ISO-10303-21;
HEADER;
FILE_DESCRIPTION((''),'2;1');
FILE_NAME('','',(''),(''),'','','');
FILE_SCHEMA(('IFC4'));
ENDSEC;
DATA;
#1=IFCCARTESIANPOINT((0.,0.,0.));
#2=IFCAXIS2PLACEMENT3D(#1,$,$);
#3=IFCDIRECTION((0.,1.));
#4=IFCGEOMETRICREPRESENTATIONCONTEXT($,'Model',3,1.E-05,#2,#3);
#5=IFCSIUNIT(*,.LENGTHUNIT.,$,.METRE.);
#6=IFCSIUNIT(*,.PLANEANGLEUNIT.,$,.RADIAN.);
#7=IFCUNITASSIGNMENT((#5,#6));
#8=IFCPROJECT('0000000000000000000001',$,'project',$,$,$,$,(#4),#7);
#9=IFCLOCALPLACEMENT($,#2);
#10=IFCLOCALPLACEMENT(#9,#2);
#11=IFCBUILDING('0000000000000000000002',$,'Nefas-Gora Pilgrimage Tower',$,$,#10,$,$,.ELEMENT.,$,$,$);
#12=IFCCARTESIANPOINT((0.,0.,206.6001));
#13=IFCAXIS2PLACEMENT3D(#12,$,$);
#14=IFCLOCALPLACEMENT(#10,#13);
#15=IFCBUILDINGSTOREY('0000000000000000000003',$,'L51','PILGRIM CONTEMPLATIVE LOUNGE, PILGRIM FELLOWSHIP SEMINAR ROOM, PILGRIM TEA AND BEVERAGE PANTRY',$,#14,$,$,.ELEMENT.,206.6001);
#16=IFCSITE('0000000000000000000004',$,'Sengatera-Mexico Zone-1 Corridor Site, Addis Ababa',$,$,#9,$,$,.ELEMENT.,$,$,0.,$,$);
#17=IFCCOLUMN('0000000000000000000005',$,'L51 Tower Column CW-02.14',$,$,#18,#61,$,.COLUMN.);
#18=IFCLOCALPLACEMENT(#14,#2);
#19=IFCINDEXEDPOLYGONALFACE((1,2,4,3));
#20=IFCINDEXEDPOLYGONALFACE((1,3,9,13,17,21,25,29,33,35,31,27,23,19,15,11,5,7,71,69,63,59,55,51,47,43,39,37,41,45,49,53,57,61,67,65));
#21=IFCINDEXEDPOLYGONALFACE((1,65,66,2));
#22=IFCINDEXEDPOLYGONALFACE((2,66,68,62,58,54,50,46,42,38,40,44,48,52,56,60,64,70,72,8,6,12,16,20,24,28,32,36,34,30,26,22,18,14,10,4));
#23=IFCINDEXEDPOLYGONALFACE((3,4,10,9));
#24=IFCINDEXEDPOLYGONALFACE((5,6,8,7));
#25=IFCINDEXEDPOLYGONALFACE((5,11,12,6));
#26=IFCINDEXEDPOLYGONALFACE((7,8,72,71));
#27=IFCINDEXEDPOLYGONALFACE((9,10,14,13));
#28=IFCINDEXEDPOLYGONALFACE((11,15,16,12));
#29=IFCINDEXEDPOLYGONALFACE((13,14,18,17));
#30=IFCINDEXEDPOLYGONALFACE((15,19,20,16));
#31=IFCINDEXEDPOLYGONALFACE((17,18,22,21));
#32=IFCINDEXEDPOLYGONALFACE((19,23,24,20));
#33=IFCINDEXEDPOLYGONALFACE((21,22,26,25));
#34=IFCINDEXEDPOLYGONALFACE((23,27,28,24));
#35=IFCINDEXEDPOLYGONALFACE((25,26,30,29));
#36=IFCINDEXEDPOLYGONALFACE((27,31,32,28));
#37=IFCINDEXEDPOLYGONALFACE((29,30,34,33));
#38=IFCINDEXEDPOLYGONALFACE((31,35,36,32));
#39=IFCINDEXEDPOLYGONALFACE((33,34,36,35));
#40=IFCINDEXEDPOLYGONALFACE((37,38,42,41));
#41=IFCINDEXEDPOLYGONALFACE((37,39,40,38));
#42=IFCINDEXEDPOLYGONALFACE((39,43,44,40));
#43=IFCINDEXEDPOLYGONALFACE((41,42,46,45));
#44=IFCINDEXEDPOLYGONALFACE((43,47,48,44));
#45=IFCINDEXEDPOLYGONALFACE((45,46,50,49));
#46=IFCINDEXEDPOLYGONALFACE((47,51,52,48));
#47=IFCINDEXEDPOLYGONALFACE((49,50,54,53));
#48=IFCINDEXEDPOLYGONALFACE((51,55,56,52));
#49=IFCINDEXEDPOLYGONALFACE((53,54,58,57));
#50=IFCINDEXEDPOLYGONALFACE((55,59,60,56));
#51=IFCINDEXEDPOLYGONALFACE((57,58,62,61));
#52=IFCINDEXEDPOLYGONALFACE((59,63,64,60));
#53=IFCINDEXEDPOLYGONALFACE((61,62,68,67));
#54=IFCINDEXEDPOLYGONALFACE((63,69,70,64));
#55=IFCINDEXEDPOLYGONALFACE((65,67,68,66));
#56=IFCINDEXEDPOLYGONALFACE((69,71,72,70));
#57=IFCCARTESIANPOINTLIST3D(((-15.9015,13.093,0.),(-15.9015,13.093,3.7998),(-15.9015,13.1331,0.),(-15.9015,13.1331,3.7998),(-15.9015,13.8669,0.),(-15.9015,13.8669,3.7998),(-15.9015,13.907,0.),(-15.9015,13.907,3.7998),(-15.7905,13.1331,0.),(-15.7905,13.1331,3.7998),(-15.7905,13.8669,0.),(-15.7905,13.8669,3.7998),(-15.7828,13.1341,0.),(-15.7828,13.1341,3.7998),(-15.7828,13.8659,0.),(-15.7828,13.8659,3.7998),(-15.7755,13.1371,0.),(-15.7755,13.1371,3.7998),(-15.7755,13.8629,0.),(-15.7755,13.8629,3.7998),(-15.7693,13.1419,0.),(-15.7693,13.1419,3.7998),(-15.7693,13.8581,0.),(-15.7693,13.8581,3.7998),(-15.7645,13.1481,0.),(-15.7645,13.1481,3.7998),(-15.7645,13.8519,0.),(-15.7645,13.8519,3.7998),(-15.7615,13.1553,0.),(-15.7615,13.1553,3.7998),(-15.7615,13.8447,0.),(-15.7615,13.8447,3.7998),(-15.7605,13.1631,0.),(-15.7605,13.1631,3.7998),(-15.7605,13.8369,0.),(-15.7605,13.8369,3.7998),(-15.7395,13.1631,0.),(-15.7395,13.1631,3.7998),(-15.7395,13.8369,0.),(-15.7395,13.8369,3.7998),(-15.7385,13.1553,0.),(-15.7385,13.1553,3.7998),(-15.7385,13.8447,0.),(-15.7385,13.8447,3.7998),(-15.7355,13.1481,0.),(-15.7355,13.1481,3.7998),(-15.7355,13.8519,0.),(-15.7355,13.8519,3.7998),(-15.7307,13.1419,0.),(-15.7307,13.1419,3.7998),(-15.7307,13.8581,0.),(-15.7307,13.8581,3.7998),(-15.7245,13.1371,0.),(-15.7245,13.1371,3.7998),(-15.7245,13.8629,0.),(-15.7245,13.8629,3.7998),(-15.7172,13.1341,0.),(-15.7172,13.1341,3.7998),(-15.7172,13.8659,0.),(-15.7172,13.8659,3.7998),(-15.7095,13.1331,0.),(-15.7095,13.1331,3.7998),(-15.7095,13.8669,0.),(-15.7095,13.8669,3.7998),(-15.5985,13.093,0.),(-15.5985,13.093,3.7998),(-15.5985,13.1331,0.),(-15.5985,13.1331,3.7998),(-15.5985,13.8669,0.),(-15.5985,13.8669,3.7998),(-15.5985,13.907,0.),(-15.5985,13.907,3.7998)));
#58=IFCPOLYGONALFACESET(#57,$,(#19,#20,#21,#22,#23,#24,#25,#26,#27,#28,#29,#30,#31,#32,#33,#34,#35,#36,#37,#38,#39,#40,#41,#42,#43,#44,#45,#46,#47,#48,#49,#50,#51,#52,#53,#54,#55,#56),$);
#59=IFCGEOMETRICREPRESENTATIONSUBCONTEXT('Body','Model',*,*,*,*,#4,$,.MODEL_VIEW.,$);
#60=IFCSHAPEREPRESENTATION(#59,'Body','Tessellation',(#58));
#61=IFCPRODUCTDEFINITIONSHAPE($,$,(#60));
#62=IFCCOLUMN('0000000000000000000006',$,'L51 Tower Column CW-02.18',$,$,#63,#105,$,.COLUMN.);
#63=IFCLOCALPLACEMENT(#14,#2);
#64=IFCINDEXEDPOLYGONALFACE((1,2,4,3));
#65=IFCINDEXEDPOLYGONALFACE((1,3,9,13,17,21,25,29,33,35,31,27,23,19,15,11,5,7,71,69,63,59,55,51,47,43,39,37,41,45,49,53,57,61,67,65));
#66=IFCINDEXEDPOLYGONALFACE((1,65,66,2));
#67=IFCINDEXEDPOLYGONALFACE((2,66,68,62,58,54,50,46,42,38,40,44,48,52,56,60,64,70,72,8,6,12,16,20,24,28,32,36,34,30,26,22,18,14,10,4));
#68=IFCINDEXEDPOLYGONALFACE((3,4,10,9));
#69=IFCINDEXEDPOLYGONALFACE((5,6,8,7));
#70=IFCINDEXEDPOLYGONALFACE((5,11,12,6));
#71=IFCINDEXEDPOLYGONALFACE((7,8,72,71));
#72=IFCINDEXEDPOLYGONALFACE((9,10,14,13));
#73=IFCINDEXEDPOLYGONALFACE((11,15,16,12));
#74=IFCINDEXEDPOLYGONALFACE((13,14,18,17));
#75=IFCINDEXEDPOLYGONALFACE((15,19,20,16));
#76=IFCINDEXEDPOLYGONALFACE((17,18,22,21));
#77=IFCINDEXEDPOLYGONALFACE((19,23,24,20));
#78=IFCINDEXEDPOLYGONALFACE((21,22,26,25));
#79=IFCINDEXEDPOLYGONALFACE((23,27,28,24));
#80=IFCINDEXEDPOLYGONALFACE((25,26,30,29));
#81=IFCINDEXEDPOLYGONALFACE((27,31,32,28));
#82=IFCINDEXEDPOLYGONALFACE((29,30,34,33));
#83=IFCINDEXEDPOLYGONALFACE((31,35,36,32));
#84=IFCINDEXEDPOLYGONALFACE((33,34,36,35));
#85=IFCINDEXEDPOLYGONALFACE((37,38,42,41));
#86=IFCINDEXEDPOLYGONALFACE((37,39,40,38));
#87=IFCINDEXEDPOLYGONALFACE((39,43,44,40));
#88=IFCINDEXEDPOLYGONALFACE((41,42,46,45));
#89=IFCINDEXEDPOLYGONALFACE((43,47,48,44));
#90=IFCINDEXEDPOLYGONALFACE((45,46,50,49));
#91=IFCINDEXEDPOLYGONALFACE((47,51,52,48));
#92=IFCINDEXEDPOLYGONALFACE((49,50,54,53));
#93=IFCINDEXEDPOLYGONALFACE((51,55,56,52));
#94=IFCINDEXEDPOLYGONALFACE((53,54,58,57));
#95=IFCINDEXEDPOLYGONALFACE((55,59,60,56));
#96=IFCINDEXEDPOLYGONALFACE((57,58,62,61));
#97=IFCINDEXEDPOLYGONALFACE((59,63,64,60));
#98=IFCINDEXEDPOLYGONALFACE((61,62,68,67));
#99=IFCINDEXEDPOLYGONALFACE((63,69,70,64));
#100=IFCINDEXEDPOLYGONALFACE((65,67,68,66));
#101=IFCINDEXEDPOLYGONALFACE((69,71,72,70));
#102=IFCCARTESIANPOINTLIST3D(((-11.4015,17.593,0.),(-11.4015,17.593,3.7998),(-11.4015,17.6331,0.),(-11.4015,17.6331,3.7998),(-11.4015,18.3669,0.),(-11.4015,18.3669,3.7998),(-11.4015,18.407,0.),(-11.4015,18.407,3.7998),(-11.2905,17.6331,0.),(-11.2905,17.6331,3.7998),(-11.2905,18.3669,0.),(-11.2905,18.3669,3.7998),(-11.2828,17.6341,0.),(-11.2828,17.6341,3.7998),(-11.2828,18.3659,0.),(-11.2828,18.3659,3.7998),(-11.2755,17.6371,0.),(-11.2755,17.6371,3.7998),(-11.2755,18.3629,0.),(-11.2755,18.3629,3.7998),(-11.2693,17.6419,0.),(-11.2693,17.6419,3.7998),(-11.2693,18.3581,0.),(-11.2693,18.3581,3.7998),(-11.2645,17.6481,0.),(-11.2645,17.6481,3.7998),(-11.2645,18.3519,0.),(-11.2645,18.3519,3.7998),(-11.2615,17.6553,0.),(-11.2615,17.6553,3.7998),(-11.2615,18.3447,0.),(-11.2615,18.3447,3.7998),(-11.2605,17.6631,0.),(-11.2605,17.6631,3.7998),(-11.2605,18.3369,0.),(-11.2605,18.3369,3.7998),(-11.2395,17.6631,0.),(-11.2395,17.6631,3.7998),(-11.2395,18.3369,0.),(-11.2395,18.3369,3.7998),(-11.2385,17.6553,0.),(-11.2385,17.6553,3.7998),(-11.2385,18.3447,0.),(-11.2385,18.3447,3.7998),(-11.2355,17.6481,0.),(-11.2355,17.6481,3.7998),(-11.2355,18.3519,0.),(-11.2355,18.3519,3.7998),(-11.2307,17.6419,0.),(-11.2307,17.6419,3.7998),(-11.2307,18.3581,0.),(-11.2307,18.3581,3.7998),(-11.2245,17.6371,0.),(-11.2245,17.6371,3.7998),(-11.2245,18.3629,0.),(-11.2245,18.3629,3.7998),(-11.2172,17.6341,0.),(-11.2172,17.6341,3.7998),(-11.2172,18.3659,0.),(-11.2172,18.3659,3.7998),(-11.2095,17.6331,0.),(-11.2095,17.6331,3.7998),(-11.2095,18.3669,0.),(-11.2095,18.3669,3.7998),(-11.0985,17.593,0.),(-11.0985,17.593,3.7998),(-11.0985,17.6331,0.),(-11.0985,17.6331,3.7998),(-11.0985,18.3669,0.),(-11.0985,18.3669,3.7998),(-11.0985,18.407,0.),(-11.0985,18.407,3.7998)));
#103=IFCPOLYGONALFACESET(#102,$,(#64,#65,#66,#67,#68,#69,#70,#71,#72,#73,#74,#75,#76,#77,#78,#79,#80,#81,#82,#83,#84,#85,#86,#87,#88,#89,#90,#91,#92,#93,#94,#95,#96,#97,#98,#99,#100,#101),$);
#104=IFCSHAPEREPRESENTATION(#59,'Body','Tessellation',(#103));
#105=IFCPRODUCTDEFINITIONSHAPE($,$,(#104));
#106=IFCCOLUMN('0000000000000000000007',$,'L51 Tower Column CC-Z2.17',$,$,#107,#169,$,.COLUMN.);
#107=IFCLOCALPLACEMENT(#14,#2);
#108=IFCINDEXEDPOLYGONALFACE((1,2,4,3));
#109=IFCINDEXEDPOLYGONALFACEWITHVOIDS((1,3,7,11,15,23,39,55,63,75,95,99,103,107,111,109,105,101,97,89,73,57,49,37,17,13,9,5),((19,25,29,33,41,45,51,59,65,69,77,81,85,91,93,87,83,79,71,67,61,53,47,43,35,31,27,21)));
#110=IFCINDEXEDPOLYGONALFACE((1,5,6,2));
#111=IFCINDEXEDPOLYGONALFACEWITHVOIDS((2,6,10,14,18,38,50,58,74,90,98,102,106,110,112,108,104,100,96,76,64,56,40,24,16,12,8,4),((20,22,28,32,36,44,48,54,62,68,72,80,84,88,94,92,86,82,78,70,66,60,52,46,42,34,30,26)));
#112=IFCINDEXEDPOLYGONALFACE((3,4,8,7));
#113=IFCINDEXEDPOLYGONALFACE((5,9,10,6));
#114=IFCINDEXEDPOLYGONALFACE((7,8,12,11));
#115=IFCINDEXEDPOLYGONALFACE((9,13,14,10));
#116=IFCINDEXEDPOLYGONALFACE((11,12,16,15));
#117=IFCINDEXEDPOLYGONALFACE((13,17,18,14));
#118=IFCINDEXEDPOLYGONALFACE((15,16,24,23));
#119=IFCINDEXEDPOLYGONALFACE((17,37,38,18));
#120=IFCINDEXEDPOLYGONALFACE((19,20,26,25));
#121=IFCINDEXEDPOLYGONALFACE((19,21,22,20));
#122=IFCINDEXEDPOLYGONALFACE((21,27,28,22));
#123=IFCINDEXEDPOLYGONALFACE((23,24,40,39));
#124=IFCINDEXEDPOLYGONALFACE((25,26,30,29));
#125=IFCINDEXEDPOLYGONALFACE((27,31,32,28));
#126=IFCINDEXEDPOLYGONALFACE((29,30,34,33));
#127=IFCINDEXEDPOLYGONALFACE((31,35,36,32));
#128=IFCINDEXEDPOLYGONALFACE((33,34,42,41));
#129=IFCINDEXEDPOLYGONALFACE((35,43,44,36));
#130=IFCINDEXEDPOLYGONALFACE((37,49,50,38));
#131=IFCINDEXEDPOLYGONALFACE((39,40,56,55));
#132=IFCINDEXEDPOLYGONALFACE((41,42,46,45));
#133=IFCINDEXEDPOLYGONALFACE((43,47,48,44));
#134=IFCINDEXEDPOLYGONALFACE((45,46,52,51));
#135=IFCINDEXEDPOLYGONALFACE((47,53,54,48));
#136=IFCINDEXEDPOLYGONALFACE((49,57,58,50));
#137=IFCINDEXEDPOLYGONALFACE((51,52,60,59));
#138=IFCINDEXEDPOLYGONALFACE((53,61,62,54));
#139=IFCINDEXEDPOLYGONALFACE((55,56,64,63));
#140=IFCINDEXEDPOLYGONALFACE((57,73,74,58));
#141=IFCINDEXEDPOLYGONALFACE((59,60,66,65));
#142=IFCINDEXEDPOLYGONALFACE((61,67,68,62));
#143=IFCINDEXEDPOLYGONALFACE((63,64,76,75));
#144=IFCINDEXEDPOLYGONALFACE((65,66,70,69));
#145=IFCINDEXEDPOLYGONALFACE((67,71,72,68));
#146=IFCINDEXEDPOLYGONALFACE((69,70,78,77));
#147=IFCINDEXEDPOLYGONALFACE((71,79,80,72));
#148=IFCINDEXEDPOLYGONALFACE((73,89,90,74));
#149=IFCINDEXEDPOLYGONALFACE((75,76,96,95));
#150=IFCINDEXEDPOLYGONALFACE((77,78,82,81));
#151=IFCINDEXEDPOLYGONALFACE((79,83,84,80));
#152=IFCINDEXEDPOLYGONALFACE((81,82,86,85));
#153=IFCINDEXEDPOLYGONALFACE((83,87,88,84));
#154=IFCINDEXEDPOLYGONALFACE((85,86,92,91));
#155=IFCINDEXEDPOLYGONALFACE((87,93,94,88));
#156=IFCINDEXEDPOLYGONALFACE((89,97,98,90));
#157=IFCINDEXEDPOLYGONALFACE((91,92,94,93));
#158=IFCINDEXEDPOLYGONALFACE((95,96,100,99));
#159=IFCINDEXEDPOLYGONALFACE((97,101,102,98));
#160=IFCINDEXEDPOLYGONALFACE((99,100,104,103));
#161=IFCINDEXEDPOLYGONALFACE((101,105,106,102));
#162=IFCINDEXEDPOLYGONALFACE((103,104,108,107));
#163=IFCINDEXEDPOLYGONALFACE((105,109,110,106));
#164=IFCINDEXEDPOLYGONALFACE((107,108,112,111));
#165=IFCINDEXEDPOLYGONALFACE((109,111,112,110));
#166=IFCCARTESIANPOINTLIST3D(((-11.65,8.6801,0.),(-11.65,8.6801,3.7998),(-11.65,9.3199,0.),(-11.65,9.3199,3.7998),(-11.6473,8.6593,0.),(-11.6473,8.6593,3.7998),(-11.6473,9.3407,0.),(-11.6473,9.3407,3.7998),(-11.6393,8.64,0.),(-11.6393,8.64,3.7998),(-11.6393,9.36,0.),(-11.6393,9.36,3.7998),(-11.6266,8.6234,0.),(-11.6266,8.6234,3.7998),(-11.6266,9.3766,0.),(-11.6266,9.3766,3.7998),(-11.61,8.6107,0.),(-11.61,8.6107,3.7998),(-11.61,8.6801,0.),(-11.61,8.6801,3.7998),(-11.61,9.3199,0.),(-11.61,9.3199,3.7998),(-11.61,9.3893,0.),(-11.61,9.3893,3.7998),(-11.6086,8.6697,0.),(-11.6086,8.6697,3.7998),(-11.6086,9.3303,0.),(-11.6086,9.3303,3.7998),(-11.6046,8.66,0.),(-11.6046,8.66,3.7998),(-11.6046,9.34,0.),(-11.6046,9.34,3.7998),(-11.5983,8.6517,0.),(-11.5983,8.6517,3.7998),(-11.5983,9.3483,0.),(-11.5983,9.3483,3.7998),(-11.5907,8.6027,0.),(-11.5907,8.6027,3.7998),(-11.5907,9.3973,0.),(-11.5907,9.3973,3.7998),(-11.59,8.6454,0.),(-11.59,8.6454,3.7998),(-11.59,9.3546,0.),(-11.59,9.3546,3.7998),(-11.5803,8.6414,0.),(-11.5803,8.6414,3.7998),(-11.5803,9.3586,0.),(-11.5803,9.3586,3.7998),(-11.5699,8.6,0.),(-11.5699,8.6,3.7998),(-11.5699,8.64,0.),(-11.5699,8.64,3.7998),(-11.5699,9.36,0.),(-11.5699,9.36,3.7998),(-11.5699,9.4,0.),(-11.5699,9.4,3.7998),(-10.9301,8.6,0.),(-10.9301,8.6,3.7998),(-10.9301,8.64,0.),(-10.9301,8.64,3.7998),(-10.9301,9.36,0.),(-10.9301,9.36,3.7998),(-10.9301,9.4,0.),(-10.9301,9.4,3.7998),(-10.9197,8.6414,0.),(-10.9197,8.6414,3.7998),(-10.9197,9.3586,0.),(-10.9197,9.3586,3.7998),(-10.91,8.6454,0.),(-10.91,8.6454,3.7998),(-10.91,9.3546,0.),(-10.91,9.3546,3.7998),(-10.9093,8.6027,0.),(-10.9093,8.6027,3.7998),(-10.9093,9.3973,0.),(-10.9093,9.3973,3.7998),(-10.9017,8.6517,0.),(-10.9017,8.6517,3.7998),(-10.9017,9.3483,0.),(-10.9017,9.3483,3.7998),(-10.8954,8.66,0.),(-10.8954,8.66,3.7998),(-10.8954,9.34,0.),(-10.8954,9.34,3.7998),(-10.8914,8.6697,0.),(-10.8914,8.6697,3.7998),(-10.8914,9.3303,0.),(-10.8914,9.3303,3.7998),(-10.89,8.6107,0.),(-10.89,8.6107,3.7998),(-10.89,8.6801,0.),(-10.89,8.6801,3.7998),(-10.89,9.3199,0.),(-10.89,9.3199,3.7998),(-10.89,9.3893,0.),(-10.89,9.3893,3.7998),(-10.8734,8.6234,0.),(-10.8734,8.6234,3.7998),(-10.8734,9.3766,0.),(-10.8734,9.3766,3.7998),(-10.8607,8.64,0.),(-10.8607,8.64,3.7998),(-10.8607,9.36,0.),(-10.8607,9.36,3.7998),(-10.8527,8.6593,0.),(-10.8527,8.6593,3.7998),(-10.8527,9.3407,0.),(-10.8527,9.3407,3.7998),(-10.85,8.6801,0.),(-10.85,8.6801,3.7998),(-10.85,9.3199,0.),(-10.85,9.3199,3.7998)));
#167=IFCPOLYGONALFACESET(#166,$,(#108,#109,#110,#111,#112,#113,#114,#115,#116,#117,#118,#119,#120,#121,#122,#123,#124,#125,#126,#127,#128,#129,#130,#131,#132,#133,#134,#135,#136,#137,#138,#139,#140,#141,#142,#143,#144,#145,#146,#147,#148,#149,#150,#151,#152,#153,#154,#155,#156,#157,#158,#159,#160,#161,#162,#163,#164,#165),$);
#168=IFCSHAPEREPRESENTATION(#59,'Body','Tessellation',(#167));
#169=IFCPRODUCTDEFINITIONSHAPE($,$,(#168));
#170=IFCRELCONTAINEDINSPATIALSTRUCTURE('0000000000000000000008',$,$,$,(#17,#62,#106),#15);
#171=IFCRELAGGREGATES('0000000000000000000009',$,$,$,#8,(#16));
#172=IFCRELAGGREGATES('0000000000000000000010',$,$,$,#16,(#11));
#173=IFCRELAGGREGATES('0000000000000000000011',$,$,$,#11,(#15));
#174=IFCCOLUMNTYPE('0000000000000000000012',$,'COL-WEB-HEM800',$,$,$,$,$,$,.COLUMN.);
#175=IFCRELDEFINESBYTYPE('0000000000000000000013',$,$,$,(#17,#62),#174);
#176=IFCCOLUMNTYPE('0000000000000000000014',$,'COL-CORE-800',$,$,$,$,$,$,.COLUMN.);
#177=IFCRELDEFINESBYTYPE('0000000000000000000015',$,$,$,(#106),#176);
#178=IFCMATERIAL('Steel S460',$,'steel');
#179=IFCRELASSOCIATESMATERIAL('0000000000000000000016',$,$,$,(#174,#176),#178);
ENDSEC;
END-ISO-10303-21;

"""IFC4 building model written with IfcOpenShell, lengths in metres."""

from ifc_helpers import new_model, si_unit, direction, frame, origin, origin_2d, place, context, subcontext, project, spatial, hollow_rectangle, i_section, extrude, source, transform, mapped, material, material_profile, profile_set, type_object, element, save


model = new_model("IFC4")

# Units and contexts
model_context = context("Model", 3, precision=1e-05, world=origin(), true_north=direction((0.0, 1.0)))
body_context = subcontext(model_context, "Body", "Model", "MODEL_VIEW")
ifc_project = project(units=[si_unit("LENGTHUNIT", "METRE"), si_unit("PLANEANGLEUNIT", "RADIAN")], contexts=[model_context])

# Site, building, storey
site_placement = place(None, origin())
site = spatial("IfcSite", under=ifc_project, at=site_placement, Name="Sengatera-Mexico Zone-1 Corridor Site, Addis Ababa", CompositionType="ELEMENT", RefElevation=0.0)
building_placement = place(site_placement, origin())
building = spatial("IfcBuilding", under=site, at=building_placement, Name="Nefas-Gora Pilgrimage Tower", CompositionType="ELEMENT")
storey_placement = place(building_placement, frame((0.0, 0.0, 206.6001)))
storey = spatial("IfcBuildingStorey", under=building, at=storey_placement, Name="L51", Description="PILGRIM CONTEMPLATIVE LOUNGE, PILGRIM FELLOWSHIP SEMINAR ROOM, PILGRIM TEA AND BEVERAGE PANTRY", CompositionType="ELEMENT", Elevation=206.6001)

# Columns
ifc_material_1 = material(Name="Steel S460", Category="steel")
ifc_material_profile_1 = material_profile(ifc_material_1, i_section(OverallWidth=0.303, OverallDepth=0.814, WebThickness=0.021, FlangeThickness=0.04, FilletRadius=0.03, at=origin_2d()), Name="HEM 800")
ifc_profile_set_1 = profile_set([ifc_material_profile_1], Name="Steel S460")
column_type_1 = type_object("IfcColumnType", Name="COL-WEB-HEM800", PredefinedType="COLUMN", material=ifc_profile_set_1)
shared_shape_1 = source(origin(), body_context, "Body", "SweptSolid", [
    extrude(i_section(OverallWidth=0.303, OverallDepth=0.814, WebThickness=0.021, FlangeThickness=0.04, FilletRadius=0.03, at=origin_2d()), origin(), (0.0, 0.0, 1.0), 3.7998),
])
for number, where, z_axis, x_axis, name in (
    (1, (-15.75, 13.5, 0.0), (0.0, 0.0, 1.0), (1.0, 0.0, 0.0), "L51 Tower Column CW-02.14"),
    (2, (-11.25, 18.0, 0.0), (0.0, 0.0, 1.0), (1.0, 0.0, 0.0), "L51 Tower Column CW-02.18"),
):
    element("IfcColumn", number, at=place(storey_placement, frame(where, z_axis=z_axis, x_axis=x_axis)), inside=storey, type_object=column_type_1, Name=name, PredefinedType="COLUMN", context=body_context, shape_type="MappedRepresentation", body=[
        mapped(shared_shape_1, transform((0.0, 0.0, 0.0), x_axis=(1.0, 0.0, 0.0), y_axis=(0.0, 1.0, 0.0), z_axis=(0.0, 0.0, 1.0), scale=1.0)),
    ])
ifc_material_profile_2 = material_profile(ifc_material_1, hollow_rectangle(XDim=0.8, YDim=0.8, WallThickness=0.04, InnerFilletRadius=0.04, OuterFilletRadius=0.0801, at=origin_2d()), Name="BOX 800x800x40")
ifc_profile_set_2 = profile_set([ifc_material_profile_2], Name="Steel S460")
column_type_2 = type_object("IfcColumnType", Name="COL-CORE-800", PredefinedType="COLUMN", material=ifc_profile_set_2)
shared_shape_2 = source(origin(), body_context, "Body", "SweptSolid", [
    extrude(hollow_rectangle(XDim=0.8, YDim=0.8, WallThickness=0.04, InnerFilletRadius=0.04, OuterFilletRadius=0.0801, at=origin_2d()), origin(), (0.0, 0.0, 1.0), 3.7998),
])
column_1_placement = place(storey_placement, frame((-11.25, 9.0, 0.0), z_axis=(0.0, 0.0, 1.0), x_axis=(1.0, 0.0, 0.0)))
element("IfcColumn", 3, at=column_1_placement, inside=storey, type_object=column_type_2, Name="L51 Tower Column CC-Z2.17", PredefinedType="COLUMN", context=body_context, shape_type="MappedRepresentation", body=[
    mapped(shared_shape_2, transform((0.0, 0.0, 0.0), x_axis=(1.0, 0.0, 0.0), y_axis=(0.0, 1.0, 0.0), z_axis=(0.0, 0.0, 1.0), scale=1.0)),
])

save(model, "model.ifc")
